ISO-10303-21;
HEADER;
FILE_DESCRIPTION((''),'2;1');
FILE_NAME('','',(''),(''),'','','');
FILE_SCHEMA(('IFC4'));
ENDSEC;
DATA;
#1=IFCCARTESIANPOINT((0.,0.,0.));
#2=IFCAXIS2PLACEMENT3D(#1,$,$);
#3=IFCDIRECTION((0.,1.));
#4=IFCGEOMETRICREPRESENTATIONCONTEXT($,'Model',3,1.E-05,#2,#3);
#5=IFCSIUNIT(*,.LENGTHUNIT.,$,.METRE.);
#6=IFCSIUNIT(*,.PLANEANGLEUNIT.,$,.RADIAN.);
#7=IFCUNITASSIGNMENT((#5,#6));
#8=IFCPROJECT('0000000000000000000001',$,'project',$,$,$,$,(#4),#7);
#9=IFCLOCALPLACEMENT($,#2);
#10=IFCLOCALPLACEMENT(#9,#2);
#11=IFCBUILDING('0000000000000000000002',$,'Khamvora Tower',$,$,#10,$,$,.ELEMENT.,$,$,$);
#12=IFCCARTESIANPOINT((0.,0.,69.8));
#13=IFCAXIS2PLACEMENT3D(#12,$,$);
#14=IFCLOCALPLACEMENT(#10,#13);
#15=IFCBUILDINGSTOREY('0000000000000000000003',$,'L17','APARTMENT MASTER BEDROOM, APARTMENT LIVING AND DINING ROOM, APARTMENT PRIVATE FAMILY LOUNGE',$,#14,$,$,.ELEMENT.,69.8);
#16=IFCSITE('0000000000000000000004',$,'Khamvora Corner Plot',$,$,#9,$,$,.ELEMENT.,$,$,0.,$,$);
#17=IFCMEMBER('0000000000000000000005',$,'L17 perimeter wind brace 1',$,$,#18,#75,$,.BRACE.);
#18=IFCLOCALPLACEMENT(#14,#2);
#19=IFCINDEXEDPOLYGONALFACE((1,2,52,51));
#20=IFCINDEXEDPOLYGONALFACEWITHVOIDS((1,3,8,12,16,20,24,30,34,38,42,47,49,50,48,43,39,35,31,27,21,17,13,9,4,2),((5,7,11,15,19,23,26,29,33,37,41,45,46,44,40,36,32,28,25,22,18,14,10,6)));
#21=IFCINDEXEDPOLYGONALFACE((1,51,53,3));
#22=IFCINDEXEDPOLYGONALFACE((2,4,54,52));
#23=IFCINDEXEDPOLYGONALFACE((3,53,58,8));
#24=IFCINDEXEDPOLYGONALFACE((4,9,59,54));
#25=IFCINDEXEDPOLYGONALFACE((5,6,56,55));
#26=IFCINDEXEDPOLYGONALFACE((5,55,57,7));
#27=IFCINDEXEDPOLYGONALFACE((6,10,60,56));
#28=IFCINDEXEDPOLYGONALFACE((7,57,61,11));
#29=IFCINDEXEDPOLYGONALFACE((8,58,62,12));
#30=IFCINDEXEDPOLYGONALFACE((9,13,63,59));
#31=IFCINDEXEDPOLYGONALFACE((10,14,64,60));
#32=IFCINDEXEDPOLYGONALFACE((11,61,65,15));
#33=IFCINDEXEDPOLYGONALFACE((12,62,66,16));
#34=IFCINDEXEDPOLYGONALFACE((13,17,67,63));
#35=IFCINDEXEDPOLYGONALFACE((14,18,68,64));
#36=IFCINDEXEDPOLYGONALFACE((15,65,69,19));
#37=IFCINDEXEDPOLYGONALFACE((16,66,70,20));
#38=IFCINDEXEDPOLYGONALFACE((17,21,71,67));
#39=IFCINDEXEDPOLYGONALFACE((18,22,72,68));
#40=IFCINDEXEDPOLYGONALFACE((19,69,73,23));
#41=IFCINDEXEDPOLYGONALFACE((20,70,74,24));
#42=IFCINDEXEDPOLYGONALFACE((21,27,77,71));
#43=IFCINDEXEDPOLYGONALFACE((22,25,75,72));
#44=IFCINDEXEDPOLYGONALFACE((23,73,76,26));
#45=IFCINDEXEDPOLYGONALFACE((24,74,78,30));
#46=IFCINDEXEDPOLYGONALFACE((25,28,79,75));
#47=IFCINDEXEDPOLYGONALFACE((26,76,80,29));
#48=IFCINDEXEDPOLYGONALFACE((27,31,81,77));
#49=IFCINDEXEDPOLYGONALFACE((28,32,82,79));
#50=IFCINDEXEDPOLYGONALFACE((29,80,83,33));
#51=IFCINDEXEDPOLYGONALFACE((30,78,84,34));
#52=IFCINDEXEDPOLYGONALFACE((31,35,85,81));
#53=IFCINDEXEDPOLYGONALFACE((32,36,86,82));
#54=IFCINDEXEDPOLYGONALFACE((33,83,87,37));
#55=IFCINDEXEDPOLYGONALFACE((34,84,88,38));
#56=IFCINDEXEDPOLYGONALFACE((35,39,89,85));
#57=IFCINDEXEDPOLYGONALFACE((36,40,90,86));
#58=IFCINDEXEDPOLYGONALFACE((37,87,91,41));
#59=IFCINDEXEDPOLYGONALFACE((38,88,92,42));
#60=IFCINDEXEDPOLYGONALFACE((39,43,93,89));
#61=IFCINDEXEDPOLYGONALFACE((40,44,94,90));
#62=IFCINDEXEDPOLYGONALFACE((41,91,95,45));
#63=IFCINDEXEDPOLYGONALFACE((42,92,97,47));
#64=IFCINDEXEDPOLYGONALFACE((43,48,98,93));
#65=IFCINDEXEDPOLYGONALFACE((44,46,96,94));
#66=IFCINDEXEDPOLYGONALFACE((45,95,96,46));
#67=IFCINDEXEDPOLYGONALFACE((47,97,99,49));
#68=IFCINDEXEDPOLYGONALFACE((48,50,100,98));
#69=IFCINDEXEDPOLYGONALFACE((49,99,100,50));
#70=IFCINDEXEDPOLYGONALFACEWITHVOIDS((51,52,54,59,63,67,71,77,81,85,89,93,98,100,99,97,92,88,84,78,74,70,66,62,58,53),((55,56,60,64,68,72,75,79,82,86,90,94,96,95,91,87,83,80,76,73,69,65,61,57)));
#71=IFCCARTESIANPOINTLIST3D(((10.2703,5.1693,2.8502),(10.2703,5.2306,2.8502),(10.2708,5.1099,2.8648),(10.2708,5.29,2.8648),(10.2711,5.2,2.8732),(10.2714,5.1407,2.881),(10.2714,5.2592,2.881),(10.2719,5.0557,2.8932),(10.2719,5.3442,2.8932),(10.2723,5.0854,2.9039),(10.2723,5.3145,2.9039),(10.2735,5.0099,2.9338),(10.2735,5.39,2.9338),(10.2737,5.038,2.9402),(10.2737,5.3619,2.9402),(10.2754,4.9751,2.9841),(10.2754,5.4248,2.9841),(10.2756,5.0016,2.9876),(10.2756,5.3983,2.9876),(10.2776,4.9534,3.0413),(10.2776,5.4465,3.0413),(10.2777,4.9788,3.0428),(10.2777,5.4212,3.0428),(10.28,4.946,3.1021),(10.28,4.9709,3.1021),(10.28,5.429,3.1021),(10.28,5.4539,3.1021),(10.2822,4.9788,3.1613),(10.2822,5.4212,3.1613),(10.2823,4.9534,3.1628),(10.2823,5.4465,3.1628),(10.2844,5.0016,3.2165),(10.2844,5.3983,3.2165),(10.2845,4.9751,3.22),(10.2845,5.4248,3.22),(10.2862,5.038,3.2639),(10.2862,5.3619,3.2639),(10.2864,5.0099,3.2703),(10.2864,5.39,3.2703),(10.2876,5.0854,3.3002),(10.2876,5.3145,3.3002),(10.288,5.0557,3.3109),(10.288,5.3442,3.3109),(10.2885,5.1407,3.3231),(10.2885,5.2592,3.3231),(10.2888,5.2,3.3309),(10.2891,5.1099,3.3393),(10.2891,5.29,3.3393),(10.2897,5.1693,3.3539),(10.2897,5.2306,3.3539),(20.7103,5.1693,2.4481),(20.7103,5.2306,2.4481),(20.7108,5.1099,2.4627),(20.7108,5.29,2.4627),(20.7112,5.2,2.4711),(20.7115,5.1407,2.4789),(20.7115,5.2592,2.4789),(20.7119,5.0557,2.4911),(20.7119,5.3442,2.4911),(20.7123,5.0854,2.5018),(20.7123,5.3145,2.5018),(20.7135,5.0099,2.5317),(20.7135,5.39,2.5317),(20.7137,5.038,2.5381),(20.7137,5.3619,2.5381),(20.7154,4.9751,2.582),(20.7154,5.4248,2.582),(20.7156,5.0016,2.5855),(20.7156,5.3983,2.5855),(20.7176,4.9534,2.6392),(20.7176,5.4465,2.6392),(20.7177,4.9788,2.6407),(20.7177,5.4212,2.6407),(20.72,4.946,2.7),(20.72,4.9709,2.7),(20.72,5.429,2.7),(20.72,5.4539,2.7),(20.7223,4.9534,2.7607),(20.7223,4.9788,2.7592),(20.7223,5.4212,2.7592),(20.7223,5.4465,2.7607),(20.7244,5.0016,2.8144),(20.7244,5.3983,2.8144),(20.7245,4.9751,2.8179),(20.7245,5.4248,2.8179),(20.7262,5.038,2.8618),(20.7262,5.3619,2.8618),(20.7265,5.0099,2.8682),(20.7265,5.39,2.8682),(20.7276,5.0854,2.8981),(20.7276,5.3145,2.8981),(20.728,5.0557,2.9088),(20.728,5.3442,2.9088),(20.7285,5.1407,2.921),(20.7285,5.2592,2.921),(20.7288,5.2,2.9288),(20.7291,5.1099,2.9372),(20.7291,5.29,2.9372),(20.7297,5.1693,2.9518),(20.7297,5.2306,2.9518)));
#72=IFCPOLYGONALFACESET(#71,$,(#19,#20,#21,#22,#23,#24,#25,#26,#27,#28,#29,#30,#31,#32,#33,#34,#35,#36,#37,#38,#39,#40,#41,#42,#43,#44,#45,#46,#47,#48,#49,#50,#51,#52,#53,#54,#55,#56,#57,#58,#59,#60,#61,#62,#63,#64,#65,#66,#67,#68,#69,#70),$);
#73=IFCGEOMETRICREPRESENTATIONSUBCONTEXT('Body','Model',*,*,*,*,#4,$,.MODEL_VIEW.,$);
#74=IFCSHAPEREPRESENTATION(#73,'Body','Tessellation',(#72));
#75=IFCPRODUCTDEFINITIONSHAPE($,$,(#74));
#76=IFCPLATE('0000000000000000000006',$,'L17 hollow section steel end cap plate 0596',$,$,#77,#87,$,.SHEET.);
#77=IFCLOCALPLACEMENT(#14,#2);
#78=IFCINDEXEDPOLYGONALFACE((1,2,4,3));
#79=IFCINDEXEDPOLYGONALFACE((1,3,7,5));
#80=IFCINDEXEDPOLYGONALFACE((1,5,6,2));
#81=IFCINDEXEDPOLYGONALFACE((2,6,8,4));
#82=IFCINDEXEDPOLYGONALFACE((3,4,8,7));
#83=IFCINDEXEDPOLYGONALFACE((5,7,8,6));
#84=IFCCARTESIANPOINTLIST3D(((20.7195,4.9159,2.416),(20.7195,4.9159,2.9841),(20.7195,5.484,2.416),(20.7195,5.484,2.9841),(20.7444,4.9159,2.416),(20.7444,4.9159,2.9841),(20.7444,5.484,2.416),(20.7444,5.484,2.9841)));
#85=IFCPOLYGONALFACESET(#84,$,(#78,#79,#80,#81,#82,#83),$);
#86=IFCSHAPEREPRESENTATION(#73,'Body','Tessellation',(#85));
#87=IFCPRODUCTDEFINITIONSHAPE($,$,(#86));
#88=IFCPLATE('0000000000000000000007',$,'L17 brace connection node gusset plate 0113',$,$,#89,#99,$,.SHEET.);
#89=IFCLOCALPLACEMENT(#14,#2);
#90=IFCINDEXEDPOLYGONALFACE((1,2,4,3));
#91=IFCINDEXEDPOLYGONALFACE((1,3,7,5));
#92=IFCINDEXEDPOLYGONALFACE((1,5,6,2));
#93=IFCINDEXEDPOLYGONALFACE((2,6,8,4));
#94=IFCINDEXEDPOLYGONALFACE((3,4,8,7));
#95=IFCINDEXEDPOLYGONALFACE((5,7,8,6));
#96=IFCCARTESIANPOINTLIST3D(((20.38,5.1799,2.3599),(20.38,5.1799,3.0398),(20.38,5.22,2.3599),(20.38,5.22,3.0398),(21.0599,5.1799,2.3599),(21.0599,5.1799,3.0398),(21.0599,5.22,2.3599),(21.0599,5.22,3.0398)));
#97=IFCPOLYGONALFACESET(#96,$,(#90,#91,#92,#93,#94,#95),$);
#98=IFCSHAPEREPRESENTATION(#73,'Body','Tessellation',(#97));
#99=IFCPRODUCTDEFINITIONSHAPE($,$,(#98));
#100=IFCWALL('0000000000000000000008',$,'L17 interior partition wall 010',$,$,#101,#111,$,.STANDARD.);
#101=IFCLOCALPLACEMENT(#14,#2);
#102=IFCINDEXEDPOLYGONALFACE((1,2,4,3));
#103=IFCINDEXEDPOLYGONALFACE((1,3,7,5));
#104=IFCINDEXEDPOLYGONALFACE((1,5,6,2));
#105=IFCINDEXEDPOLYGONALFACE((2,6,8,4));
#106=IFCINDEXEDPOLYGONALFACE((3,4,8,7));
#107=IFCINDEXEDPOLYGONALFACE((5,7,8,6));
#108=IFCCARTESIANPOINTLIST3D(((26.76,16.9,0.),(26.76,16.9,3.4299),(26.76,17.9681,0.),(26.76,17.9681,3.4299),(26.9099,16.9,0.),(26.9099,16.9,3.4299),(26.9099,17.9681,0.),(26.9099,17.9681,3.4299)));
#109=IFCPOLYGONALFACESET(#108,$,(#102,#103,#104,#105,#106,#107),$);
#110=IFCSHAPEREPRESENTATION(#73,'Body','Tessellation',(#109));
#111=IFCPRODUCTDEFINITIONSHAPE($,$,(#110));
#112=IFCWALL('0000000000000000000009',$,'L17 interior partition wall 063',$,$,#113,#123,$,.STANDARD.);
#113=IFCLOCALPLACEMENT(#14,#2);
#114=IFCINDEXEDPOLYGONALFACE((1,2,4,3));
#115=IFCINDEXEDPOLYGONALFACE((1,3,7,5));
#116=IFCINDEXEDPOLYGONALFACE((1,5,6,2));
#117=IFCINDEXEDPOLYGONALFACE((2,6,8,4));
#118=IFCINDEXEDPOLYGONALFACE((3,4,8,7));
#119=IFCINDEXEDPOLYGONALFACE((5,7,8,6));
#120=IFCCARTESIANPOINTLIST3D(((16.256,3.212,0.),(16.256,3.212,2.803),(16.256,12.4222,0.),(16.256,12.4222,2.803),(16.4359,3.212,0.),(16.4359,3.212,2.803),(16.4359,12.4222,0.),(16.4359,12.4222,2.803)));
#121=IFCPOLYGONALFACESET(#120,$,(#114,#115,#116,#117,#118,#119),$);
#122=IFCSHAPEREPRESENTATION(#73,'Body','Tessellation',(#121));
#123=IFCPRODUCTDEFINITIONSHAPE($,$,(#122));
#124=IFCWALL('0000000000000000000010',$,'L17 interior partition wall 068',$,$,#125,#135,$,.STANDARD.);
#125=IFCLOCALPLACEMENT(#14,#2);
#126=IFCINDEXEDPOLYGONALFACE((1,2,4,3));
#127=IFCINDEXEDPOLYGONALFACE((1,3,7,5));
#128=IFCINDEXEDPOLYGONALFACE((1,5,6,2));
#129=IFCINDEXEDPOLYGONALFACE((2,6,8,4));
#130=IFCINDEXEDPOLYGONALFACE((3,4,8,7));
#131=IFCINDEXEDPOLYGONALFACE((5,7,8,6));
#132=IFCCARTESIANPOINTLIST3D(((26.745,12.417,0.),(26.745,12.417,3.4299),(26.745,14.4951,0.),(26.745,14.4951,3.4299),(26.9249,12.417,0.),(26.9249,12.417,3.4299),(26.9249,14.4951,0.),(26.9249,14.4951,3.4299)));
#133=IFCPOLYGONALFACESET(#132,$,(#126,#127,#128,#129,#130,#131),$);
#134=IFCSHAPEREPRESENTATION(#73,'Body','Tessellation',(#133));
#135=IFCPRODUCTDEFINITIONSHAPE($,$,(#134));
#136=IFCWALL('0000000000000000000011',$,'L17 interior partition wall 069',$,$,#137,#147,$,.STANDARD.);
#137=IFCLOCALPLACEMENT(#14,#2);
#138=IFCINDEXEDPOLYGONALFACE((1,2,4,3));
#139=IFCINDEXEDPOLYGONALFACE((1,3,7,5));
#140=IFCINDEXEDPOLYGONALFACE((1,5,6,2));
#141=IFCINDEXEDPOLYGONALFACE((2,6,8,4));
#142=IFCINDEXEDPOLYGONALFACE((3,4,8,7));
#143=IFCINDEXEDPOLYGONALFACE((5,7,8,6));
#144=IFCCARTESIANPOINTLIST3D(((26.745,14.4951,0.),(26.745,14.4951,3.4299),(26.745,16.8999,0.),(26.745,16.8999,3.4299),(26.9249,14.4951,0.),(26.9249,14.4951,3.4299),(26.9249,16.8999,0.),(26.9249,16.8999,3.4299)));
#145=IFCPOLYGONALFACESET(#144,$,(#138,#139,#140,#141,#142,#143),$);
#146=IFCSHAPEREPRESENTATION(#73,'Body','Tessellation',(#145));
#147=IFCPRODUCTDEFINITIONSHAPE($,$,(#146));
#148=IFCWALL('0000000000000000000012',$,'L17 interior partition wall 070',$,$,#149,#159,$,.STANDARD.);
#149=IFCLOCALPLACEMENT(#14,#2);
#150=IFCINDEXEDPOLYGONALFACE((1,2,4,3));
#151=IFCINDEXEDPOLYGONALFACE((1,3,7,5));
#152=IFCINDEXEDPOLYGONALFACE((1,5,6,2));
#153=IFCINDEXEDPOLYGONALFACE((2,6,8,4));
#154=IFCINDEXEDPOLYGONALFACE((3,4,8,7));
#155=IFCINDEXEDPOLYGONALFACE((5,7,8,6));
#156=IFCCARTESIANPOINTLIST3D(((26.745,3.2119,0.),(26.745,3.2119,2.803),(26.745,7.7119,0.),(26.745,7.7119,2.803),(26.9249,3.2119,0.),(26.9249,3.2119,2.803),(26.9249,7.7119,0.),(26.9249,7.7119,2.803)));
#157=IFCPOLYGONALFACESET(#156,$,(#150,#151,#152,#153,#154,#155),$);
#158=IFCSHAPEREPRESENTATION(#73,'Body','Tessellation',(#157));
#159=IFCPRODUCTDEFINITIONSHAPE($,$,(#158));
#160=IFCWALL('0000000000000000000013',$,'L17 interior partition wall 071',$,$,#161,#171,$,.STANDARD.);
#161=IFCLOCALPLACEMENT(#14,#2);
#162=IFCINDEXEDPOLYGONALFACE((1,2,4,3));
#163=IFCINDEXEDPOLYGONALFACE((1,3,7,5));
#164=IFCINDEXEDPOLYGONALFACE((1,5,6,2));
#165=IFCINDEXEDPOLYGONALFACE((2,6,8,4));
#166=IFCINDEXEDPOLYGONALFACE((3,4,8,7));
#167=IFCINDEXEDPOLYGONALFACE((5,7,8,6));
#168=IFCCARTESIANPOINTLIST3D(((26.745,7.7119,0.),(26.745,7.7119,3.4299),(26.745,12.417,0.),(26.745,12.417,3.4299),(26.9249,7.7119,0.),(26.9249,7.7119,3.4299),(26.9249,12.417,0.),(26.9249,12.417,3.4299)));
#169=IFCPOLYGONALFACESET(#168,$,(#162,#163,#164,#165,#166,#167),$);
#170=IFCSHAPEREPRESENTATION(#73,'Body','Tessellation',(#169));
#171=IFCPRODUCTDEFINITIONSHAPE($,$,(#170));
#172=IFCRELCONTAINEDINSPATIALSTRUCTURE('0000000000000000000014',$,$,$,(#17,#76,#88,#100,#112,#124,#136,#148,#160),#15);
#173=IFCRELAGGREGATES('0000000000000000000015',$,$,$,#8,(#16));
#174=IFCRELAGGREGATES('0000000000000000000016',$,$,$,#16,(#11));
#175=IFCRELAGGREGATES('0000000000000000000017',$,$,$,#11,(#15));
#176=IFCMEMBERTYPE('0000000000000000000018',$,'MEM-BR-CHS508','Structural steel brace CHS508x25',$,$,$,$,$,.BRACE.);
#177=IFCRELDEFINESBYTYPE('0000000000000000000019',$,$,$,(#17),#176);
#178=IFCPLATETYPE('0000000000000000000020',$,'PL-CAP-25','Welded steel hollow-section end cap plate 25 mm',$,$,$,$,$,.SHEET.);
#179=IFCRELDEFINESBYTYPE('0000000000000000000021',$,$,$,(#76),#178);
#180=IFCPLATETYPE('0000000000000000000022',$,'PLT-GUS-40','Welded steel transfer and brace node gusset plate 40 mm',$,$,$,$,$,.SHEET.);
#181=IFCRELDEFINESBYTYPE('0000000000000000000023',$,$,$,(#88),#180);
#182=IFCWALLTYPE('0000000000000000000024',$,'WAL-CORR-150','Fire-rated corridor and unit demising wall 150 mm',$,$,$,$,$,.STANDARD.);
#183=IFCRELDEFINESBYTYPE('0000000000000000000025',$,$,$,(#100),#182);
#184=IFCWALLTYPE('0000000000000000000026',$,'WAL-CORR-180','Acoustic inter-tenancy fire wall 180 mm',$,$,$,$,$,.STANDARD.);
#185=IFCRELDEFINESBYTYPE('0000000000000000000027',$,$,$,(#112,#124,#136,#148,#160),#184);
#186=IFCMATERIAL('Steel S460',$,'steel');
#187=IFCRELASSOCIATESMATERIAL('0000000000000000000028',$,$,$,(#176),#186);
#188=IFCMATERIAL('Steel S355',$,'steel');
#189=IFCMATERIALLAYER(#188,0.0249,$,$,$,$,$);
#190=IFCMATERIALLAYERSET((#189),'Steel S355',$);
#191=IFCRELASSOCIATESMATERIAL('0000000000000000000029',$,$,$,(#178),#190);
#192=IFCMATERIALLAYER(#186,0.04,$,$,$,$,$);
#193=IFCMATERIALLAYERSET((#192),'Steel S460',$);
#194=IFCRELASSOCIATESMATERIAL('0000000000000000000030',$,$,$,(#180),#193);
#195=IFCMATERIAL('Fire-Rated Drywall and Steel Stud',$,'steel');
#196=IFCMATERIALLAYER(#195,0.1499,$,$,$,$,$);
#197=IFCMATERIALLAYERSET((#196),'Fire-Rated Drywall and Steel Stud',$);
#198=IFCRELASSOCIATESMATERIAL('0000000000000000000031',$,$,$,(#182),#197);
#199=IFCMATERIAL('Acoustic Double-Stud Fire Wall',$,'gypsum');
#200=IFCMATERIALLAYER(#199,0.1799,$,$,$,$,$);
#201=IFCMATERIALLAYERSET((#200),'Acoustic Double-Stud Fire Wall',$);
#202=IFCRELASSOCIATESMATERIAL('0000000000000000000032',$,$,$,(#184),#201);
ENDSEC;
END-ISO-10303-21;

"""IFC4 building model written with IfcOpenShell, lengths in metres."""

from ifc_helpers import new_model, si_unit, direction, frame, frame_2d, origin, origin_2d, place, context, subcontext, project, spatial, rectangle, hollow_circle, extrude, material, layer, layer_set, material_profile, profile_set, type_object, element, save


model = new_model("IFC4")

# Units and contexts
model_context = context("Model", 3, precision=1e-05, world=origin(), true_north=direction((0.0, 1.0)))
body_context = subcontext(model_context, "Body", "Model", "MODEL_VIEW")
ifc_project = project(units=[si_unit("LENGTHUNIT", "METRE"), si_unit("PLANEANGLEUNIT", "RADIAN")], contexts=[model_context])

# Site, building, storey
site_placement = place(None, origin())
site = spatial("IfcSite", under=ifc_project, at=site_placement, Name="Khamvora Corner Plot", CompositionType="ELEMENT", RefElevation=0.0)
building_placement = place(site_placement, origin())
building = spatial("IfcBuilding", under=site, at=building_placement, Name="Khamvora Tower", CompositionType="ELEMENT")
storey_placement = place(building_placement, frame((0.0, 0.0, 69.8)))
storey = spatial("IfcBuildingStorey", under=building, at=storey_placement, Name="L17", Description="APARTMENT MASTER BEDROOM, APARTMENT LIVING AND DINING ROOM, APARTMENT PRIVATE FAMILY LOUNGE", CompositionType="ELEMENT", Elevation=69.8)

# Shared definitions
ifc_material_1 = material(Name="Steel S460", Category="steel")

# Shared definitions
ifc_material_2 = material(Name="Steel S355", Category="steel")

# Member
ifc_material_profile_1 = material_profile(ifc_material_1, hollow_circle(Radius=0.2539, WallThickness=0.0249, at=origin_2d()), Name="CHS508x25")
ifc_profile_set_1 = profile_set([ifc_material_profile_1], Name="Steel S460")
member_type = type_object("IfcMemberType", Name="MEM-BR-CHS508", Description="Structural steel brace CHS508x25", PredefinedType="BRACE", material=ifc_profile_set_1)
member_placement = place(storey_placement, frame((20.72, 5.2, 2.7), z_axis=(-0.999259, 0.0, 0.038487), x_axis=(0.0, -1.0, 0.0)))
element("IfcMember", 1, at=member_placement, inside=storey, type_object=member_type, Name="L17 perimeter wind brace 1", PredefinedType="BRACE", context=body_context, shape_type="SweptSolid", body=[
    extrude(hollow_circle(Radius=0.2539, WallThickness=0.0249, at=origin_2d()), origin(), (0.0, 0.0, 1.0), 10.4478),
])

# Plates
ifc_layer_1 = layer(ifc_material_2, 0.0249)
ifc_layer_set_1 = layer_set([ifc_layer_1], Name="Steel S355")
plate_type_1 = type_object("IfcPlateType", Name="PL-CAP-25", Description="Welded steel hollow-section end cap plate 25 mm", PredefinedType="SHEET", material=ifc_layer_set_1)
plate_1_placement = place(storey_placement, frame((20.7319, 5.2, 2.416), z_axis=(0.0, 0.0, 1.0), x_axis=(-1.0, 0.0, 0.0)))
element("IfcPlate", 2, at=plate_1_placement, inside=storey, type_object=plate_type_1, Name="L17 hollow section steel end cap plate 0596", PredefinedType="SHEET", context=body_context, shape_type="SweptSolid", body=[
    extrude(rectangle(XDim=0.0249, YDim=0.5681, at=origin_2d()), origin(), (0.0, 0.0, 1.0), 0.5681),
])
ifc_layer_2 = layer(ifc_material_1, 0.04)
ifc_layer_set_2 = layer_set([ifc_layer_2], Name="Steel S460")
plate_type_2 = type_object("IfcPlateType", Name="PLT-GUS-40", Description="Welded steel transfer and brace node gusset plate 40 mm", PredefinedType="SHEET", material=ifc_layer_set_2)
plate_2_placement = place(storey_placement, frame((20.72, 5.2, 2.3599), z_axis=(0.0, 0.0, 1.0), x_axis=(1.0, 0.0, 0.0)))
element("IfcPlate", 3, at=plate_2_placement, inside=storey, type_object=plate_type_2, Name="L17 brace connection node gusset plate 0113", PredefinedType="SHEET", context=body_context, shape_type="SweptSolid", body=[
    extrude(rectangle(XDim=0.6799, YDim=0.04, at=origin_2d()), origin(), (0.0, 0.0, 1.0), 0.6799),
])

# Walls
ifc_material_3 = material(Name="Fire-Rated Drywall and Steel Stud", Category="steel")
ifc_layer_3 = layer(ifc_material_3, 0.1499)
ifc_layer_set_3 = layer_set([ifc_layer_3], Name="Fire-Rated Drywall and Steel Stud")
wall_type_1 = type_object("IfcWallType", Name="WAL-CORR-150", Description="Fire-rated corridor and unit demising wall 150 mm", PredefinedType="STANDARD", material=ifc_layer_set_3)
wall_1_placement = place(storey_placement, frame((26.835, 16.8999, 0.0), z_axis=(0.0, 0.0, 1.0), x_axis=(0.0, 1.0, 0.0)))
element("IfcWall", 4, at=wall_1_placement, inside=storey, type_object=wall_type_1, Name="L17 interior partition wall 010", PredefinedType="STANDARD", context=body_context, shape_type="SweptSolid", body=[
    extrude(rectangle(XDim=1.0681, YDim=0.1499, at=frame_2d((0.5342, 0.0))), origin(), (0.0, 0.0, 1.0), 3.4299),
])
ifc_material_4 = material(Name="Acoustic Double-Stud Fire Wall", Category="gypsum")
ifc_layer_4 = layer(ifc_material_4, 0.1799)
ifc_layer_set_4 = layer_set([ifc_layer_4], Name="Acoustic Double-Stud Fire Wall")
wall_type_2 = type_object("IfcWallType", Name="WAL-CORR-180", Description="Acoustic inter-tenancy fire wall 180 mm", PredefinedType="STANDARD", material=ifc_layer_set_4)
wall_2_placement = place(storey_placement, frame((16.3459, 12.4221, 0.0), z_axis=(0.0, 0.0, 1.0), x_axis=(0.0, -1.0, 0.0)))
element("IfcWall", 5, at=wall_2_placement, inside=storey, type_object=wall_type_2, Name="L17 interior partition wall 063", PredefinedType="STANDARD", context=body_context, shape_type="SweptSolid", body=[
    extrude(rectangle(XDim=9.2102, YDim=0.1799, at=frame_2d((4.605, 0.0))), origin(), (0.0, 0.0, 1.0), 2.803),
])
wall_3_placement = place(storey_placement, frame((26.835, 14.4951, 0.0), z_axis=(0.0, 0.0, 1.0), x_axis=(0.0, -1.0, 0.0)))
element("IfcWall", 6, at=wall_3_placement, inside=storey, type_object=wall_type_2, Name="L17 interior partition wall 068", PredefinedType="STANDARD", context=body_context, shape_type="SweptSolid", body=[
    extrude(rectangle(XDim=2.0781, YDim=0.1799, at=frame_2d((1.0391, 0.0))), origin(), (0.0, 0.0, 1.0), 3.4299),
])
wall_4_placement = place(storey_placement, frame((26.835, 16.8999, 0.0), z_axis=(0.0, 0.0, 1.0), x_axis=(0.0, -1.0, 0.0)))
element("IfcWall", 7, at=wall_4_placement, inside=storey, type_object=wall_type_2, Name="L17 interior partition wall 069", PredefinedType="STANDARD", context=body_context, shape_type="SweptSolid", body=[
    extrude(rectangle(XDim=2.4048, YDim=0.1799, at=frame_2d((1.2024, 0.0))), origin(), (0.0, 0.0, 1.0), 3.4299),
])
wall_5_placement = place(storey_placement, frame((26.835, 7.7119, 0.0), z_axis=(0.0, 0.0, 1.0), x_axis=(0.0, -1.0, 0.0)))
element("IfcWall", 8, at=wall_5_placement, inside=storey, type_object=wall_type_2, Name="L17 interior partition wall 070", PredefinedType="STANDARD", context=body_context, shape_type="SweptSolid", body=[
    extrude(rectangle(XDim=4.5, YDim=0.1799, at=frame_2d((2.25, 0.0))), origin(), (0.0, 0.0, 1.0), 2.803),
])
wall_6_placement = place(storey_placement, frame((26.835, 12.417, 0.0), z_axis=(0.0, 0.0, 1.0), x_axis=(0.0, -1.0, 0.0)))
element("IfcWall", 9, at=wall_6_placement, inside=storey, type_object=wall_type_2, Name="L17 interior partition wall 071", PredefinedType="STANDARD", context=body_context, shape_type="SweptSolid", body=[
    extrude(rectangle(XDim=4.7051, YDim=0.1799, at=frame_2d((2.3525, 0.0))), origin(), (0.0, 0.0, 1.0), 3.4299),
])

save(model, "model.ifc")
